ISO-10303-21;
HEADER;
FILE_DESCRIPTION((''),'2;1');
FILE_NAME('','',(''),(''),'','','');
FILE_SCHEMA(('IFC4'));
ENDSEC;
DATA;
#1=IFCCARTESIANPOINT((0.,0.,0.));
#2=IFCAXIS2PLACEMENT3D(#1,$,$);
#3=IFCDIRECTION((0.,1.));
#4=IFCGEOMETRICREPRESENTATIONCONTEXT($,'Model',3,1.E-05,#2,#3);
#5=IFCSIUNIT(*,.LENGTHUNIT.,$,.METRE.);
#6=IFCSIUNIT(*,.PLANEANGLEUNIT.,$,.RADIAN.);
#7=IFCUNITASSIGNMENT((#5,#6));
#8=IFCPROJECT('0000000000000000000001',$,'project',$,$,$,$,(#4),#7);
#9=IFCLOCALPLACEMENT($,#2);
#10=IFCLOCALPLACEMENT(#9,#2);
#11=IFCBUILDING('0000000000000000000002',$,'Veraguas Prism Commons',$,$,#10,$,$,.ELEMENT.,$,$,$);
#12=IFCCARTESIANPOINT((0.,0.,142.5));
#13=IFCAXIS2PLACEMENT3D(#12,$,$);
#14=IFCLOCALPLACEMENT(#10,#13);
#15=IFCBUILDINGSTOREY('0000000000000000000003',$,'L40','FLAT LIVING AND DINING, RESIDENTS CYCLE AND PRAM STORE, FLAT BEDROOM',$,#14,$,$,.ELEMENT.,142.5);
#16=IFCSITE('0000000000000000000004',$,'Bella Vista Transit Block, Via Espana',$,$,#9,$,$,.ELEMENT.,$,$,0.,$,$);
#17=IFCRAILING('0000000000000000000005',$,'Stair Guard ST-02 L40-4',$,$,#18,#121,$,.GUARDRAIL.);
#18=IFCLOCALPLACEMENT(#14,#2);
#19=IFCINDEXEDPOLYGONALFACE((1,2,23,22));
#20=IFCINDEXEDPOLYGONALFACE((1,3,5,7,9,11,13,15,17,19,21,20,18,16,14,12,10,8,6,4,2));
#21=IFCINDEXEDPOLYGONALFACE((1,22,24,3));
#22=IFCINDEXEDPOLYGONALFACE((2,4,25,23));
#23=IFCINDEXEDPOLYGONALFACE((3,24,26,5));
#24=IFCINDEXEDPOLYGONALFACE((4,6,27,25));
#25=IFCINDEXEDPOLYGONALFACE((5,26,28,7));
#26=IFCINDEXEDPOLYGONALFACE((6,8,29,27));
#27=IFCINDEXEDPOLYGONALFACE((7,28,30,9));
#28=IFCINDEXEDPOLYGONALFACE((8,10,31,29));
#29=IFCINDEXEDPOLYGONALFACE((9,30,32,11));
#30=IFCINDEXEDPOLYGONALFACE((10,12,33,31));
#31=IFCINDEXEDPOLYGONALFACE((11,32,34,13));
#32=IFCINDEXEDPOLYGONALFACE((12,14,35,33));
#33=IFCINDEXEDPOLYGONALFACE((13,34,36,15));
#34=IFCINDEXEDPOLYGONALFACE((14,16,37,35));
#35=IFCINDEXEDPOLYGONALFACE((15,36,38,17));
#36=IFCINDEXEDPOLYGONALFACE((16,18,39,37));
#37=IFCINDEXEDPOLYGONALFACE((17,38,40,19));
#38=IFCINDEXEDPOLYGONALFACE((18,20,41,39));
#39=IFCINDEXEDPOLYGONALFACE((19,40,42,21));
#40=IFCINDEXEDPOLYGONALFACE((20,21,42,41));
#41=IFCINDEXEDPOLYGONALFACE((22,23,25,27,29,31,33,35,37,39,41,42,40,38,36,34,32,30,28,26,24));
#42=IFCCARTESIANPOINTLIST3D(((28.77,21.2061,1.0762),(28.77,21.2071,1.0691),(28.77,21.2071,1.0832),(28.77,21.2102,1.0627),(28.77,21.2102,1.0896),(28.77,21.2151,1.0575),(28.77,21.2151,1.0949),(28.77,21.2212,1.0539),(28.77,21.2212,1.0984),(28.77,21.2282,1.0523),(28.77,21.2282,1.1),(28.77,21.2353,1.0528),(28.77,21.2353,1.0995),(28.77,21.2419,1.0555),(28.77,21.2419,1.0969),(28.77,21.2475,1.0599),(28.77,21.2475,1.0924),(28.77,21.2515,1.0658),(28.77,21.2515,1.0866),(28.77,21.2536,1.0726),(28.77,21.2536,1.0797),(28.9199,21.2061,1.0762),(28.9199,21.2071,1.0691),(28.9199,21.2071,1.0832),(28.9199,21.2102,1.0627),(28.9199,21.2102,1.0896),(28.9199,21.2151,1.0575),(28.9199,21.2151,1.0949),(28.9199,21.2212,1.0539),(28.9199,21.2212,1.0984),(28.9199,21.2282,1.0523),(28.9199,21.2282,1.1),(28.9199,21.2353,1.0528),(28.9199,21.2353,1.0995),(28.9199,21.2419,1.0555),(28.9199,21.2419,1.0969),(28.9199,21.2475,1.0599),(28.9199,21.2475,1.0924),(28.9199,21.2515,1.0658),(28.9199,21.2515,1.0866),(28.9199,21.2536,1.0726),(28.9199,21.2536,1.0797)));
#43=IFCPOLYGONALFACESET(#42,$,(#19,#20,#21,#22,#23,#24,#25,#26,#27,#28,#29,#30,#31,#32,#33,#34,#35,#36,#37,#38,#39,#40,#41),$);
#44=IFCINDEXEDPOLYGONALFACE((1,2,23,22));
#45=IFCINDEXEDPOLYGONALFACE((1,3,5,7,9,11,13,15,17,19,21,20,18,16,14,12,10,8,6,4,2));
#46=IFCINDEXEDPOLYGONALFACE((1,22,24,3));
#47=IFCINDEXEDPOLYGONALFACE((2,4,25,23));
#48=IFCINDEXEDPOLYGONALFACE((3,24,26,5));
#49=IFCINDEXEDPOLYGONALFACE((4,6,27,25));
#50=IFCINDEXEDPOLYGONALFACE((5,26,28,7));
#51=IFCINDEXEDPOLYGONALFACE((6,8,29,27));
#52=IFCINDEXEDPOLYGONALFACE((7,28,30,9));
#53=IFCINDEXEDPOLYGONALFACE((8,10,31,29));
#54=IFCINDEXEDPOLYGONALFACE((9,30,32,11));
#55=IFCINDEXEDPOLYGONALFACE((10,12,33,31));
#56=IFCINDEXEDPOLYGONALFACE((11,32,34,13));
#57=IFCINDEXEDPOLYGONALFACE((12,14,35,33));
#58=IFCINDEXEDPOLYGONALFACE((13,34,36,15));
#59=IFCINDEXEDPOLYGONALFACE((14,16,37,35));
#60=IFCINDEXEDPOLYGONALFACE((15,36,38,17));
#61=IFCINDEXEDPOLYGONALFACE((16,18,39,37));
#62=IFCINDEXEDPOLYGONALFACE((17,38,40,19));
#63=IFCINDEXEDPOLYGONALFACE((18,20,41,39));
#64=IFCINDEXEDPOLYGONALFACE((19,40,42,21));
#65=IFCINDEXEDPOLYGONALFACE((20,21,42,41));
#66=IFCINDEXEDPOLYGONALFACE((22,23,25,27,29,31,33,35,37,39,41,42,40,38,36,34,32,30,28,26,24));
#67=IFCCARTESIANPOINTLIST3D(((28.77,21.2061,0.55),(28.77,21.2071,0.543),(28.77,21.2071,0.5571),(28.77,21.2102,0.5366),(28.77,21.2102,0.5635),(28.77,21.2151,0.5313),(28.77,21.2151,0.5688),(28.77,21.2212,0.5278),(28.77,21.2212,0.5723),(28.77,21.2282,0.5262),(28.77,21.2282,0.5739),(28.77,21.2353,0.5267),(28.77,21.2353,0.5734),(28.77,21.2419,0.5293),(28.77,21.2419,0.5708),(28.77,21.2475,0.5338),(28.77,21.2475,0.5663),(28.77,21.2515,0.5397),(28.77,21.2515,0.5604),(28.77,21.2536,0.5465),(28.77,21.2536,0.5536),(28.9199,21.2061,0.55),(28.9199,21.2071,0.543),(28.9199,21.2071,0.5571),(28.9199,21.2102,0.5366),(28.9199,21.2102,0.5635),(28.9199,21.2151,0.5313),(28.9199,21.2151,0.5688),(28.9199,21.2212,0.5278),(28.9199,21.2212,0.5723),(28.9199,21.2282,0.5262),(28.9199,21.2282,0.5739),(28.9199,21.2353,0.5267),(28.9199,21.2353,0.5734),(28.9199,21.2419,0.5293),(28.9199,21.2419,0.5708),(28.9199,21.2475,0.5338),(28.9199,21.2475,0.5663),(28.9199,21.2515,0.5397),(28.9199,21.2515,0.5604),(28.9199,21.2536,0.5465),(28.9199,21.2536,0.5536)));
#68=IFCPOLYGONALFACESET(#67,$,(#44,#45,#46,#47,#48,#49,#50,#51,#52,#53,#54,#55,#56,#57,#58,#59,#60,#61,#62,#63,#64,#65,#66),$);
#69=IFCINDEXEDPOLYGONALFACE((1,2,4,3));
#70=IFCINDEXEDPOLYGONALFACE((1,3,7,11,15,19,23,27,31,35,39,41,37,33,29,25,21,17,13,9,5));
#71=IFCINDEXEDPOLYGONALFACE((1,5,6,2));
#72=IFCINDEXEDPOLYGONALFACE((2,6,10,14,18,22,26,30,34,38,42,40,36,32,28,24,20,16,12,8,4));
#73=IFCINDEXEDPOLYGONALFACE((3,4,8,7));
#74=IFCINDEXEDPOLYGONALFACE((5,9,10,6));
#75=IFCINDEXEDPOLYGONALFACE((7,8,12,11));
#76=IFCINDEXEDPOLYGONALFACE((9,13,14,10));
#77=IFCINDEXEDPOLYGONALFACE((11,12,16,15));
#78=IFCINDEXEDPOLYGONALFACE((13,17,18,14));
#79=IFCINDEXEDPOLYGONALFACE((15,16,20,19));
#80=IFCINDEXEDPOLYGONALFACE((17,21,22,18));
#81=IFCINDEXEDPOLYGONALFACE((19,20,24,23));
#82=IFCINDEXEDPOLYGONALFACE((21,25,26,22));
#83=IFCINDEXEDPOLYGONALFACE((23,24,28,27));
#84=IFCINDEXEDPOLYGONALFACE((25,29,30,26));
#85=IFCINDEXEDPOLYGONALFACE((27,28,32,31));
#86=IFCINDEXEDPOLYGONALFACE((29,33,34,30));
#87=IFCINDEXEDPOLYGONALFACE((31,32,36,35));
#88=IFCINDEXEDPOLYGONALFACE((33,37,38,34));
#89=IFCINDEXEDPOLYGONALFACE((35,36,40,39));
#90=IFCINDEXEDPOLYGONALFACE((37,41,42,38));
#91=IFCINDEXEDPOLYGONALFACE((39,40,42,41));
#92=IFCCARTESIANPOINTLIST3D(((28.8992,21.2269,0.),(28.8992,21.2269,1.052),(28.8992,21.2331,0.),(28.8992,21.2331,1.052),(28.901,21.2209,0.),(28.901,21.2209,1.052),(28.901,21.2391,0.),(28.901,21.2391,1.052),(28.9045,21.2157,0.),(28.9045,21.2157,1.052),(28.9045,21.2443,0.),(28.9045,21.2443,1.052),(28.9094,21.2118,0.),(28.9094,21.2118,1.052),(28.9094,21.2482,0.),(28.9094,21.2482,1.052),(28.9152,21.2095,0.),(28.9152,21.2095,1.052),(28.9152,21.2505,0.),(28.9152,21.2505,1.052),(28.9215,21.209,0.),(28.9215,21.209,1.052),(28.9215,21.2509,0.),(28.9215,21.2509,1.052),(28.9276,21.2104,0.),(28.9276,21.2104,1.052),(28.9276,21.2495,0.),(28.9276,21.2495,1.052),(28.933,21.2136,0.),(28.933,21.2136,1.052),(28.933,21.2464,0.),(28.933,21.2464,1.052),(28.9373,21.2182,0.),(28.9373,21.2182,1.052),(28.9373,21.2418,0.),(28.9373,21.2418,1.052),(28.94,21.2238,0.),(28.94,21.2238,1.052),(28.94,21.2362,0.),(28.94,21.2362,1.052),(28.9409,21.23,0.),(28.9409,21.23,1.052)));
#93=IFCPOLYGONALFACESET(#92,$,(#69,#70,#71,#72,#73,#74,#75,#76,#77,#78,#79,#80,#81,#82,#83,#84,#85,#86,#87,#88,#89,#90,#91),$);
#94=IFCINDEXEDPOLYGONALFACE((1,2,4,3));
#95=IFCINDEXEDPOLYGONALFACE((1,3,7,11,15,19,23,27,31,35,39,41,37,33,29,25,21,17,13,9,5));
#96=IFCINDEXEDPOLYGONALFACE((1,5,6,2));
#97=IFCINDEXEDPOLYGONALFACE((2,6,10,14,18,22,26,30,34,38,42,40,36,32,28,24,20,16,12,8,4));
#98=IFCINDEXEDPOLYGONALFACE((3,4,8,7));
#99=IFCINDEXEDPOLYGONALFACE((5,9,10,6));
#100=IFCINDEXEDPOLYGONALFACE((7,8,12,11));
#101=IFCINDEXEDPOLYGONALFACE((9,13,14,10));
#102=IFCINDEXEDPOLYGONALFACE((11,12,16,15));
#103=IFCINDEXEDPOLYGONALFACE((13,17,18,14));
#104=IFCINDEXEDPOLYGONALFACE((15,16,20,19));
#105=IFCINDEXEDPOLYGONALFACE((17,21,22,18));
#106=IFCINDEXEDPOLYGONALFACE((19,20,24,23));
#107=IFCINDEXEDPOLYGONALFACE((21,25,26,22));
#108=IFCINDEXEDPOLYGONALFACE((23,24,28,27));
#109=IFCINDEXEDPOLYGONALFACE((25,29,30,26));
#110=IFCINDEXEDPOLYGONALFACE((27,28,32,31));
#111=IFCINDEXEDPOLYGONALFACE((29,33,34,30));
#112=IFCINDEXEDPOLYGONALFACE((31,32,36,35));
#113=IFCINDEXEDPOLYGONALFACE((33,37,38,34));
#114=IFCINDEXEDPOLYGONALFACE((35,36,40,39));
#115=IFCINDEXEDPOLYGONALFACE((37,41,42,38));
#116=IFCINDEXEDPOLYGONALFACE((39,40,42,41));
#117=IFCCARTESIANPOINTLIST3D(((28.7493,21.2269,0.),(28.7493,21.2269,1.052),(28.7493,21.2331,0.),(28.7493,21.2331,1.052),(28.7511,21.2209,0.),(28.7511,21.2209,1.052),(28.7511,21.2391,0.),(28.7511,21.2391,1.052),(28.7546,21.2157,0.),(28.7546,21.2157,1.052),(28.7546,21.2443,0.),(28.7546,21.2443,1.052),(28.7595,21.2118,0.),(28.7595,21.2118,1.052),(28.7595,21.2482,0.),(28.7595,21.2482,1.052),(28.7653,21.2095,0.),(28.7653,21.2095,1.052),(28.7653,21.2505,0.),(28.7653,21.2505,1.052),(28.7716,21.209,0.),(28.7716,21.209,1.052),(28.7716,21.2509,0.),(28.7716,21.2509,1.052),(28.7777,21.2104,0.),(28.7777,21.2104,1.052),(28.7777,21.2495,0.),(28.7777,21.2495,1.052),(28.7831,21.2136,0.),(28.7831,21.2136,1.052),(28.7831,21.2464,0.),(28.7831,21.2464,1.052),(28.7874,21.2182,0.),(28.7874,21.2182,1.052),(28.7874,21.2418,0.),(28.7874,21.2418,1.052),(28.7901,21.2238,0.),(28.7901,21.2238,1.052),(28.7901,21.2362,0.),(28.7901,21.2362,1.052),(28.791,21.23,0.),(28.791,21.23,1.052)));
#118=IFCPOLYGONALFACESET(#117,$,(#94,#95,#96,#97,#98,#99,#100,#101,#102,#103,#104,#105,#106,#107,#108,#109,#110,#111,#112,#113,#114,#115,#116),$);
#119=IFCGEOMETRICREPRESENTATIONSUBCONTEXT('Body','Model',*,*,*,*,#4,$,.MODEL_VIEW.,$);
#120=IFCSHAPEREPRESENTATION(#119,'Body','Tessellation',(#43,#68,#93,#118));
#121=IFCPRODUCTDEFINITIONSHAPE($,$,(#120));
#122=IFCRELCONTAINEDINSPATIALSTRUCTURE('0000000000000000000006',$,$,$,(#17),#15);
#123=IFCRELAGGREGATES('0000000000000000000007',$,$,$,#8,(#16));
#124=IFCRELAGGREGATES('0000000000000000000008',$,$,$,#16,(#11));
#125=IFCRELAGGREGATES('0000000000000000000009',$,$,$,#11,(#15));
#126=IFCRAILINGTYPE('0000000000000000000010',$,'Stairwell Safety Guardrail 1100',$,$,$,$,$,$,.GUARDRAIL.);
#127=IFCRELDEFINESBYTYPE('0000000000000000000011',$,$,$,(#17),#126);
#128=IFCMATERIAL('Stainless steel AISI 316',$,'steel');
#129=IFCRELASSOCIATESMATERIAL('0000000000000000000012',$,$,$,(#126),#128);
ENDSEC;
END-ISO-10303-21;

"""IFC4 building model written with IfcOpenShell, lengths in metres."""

from ifc_helpers import new_model, si_unit, direction, frame, origin, origin_2d, place, context, subcontext, project, spatial, circle, extrude, material, type_object, element, save


model = new_model("IFC4")

# Units and contexts
model_context = context("Model", 3, precision=1e-05, world=origin(), true_north=direction((0.0, 1.0)))
body_context = subcontext(model_context, "Body", "Model", "MODEL_VIEW")
ifc_project = project(units=[si_unit("LENGTHUNIT", "METRE"), si_unit("PLANEANGLEUNIT", "RADIAN")], contexts=[model_context])

# Site, building, storey
site_placement = place(None, origin())
site = spatial("IfcSite", under=ifc_project, at=site_placement, Name="Bella Vista Transit Block, Via Espana", CompositionType="ELEMENT", RefElevation=0.0)
building_placement = place(site_placement, origin())
building = spatial("IfcBuilding", under=site, at=building_placement, Name="Veraguas Prism Commons", CompositionType="ELEMENT")
storey_placement = place(building_placement, frame((0.0, 0.0, 142.5)))
storey = spatial("IfcBuildingStorey", under=building, at=storey_placement, Name="L40", Description="FLAT LIVING AND DINING, RESIDENTS CYCLE AND PRAM STORE, FLAT BEDROOM", CompositionType="ELEMENT", Elevation=142.5)

# Shared definitions
ifc_material_1 = material(Name="Stainless steel AISI 316", Category="steel")

# Railing
railing_type_1 = type_object("IfcRailingType", Name="Stairwell Safety Guardrail 1100", PredefinedType="GUARDRAIL", material=ifc_material_1)
railing_1_placement = place(storey_placement, frame((28.9199, 21.23, 0.0)))
element("IfcRailing", 1, at=railing_1_placement, inside=storey, type_object=railing_type_1, Name="Stair Guard ST-02 L40-4", PredefinedType="GUARDRAIL", context=body_context, shape_type="SweptSolid", body=[
    extrude(circle(Radius=0.0239, at=origin_2d()), frame((0.0, 0.0, 1.0762), z_axis=(-1.0, 0.0, 0.0), x_axis=(0.0, -1.0, 0.0)), (0.0, 0.0, 1.0), 0.1499),
    extrude(circle(Radius=0.0239, at=origin_2d()), frame((0.0, 0.0, 0.55), z_axis=(-1.0, 0.0, 0.0), x_axis=(0.0, -1.0, 0.0)), (0.0, 0.0, 1.0), 0.1499),
    extrude(circle(Radius=0.021, at=origin_2d()), origin(), (0.0, 0.0, 1.0), 1.052),
    extrude(circle(Radius=0.021, at=origin_2d()), frame((-0.1499, 0.0, 0.0)), (0.0, 0.0, 1.0), 1.052),
])

save(model, "model.ifc")
